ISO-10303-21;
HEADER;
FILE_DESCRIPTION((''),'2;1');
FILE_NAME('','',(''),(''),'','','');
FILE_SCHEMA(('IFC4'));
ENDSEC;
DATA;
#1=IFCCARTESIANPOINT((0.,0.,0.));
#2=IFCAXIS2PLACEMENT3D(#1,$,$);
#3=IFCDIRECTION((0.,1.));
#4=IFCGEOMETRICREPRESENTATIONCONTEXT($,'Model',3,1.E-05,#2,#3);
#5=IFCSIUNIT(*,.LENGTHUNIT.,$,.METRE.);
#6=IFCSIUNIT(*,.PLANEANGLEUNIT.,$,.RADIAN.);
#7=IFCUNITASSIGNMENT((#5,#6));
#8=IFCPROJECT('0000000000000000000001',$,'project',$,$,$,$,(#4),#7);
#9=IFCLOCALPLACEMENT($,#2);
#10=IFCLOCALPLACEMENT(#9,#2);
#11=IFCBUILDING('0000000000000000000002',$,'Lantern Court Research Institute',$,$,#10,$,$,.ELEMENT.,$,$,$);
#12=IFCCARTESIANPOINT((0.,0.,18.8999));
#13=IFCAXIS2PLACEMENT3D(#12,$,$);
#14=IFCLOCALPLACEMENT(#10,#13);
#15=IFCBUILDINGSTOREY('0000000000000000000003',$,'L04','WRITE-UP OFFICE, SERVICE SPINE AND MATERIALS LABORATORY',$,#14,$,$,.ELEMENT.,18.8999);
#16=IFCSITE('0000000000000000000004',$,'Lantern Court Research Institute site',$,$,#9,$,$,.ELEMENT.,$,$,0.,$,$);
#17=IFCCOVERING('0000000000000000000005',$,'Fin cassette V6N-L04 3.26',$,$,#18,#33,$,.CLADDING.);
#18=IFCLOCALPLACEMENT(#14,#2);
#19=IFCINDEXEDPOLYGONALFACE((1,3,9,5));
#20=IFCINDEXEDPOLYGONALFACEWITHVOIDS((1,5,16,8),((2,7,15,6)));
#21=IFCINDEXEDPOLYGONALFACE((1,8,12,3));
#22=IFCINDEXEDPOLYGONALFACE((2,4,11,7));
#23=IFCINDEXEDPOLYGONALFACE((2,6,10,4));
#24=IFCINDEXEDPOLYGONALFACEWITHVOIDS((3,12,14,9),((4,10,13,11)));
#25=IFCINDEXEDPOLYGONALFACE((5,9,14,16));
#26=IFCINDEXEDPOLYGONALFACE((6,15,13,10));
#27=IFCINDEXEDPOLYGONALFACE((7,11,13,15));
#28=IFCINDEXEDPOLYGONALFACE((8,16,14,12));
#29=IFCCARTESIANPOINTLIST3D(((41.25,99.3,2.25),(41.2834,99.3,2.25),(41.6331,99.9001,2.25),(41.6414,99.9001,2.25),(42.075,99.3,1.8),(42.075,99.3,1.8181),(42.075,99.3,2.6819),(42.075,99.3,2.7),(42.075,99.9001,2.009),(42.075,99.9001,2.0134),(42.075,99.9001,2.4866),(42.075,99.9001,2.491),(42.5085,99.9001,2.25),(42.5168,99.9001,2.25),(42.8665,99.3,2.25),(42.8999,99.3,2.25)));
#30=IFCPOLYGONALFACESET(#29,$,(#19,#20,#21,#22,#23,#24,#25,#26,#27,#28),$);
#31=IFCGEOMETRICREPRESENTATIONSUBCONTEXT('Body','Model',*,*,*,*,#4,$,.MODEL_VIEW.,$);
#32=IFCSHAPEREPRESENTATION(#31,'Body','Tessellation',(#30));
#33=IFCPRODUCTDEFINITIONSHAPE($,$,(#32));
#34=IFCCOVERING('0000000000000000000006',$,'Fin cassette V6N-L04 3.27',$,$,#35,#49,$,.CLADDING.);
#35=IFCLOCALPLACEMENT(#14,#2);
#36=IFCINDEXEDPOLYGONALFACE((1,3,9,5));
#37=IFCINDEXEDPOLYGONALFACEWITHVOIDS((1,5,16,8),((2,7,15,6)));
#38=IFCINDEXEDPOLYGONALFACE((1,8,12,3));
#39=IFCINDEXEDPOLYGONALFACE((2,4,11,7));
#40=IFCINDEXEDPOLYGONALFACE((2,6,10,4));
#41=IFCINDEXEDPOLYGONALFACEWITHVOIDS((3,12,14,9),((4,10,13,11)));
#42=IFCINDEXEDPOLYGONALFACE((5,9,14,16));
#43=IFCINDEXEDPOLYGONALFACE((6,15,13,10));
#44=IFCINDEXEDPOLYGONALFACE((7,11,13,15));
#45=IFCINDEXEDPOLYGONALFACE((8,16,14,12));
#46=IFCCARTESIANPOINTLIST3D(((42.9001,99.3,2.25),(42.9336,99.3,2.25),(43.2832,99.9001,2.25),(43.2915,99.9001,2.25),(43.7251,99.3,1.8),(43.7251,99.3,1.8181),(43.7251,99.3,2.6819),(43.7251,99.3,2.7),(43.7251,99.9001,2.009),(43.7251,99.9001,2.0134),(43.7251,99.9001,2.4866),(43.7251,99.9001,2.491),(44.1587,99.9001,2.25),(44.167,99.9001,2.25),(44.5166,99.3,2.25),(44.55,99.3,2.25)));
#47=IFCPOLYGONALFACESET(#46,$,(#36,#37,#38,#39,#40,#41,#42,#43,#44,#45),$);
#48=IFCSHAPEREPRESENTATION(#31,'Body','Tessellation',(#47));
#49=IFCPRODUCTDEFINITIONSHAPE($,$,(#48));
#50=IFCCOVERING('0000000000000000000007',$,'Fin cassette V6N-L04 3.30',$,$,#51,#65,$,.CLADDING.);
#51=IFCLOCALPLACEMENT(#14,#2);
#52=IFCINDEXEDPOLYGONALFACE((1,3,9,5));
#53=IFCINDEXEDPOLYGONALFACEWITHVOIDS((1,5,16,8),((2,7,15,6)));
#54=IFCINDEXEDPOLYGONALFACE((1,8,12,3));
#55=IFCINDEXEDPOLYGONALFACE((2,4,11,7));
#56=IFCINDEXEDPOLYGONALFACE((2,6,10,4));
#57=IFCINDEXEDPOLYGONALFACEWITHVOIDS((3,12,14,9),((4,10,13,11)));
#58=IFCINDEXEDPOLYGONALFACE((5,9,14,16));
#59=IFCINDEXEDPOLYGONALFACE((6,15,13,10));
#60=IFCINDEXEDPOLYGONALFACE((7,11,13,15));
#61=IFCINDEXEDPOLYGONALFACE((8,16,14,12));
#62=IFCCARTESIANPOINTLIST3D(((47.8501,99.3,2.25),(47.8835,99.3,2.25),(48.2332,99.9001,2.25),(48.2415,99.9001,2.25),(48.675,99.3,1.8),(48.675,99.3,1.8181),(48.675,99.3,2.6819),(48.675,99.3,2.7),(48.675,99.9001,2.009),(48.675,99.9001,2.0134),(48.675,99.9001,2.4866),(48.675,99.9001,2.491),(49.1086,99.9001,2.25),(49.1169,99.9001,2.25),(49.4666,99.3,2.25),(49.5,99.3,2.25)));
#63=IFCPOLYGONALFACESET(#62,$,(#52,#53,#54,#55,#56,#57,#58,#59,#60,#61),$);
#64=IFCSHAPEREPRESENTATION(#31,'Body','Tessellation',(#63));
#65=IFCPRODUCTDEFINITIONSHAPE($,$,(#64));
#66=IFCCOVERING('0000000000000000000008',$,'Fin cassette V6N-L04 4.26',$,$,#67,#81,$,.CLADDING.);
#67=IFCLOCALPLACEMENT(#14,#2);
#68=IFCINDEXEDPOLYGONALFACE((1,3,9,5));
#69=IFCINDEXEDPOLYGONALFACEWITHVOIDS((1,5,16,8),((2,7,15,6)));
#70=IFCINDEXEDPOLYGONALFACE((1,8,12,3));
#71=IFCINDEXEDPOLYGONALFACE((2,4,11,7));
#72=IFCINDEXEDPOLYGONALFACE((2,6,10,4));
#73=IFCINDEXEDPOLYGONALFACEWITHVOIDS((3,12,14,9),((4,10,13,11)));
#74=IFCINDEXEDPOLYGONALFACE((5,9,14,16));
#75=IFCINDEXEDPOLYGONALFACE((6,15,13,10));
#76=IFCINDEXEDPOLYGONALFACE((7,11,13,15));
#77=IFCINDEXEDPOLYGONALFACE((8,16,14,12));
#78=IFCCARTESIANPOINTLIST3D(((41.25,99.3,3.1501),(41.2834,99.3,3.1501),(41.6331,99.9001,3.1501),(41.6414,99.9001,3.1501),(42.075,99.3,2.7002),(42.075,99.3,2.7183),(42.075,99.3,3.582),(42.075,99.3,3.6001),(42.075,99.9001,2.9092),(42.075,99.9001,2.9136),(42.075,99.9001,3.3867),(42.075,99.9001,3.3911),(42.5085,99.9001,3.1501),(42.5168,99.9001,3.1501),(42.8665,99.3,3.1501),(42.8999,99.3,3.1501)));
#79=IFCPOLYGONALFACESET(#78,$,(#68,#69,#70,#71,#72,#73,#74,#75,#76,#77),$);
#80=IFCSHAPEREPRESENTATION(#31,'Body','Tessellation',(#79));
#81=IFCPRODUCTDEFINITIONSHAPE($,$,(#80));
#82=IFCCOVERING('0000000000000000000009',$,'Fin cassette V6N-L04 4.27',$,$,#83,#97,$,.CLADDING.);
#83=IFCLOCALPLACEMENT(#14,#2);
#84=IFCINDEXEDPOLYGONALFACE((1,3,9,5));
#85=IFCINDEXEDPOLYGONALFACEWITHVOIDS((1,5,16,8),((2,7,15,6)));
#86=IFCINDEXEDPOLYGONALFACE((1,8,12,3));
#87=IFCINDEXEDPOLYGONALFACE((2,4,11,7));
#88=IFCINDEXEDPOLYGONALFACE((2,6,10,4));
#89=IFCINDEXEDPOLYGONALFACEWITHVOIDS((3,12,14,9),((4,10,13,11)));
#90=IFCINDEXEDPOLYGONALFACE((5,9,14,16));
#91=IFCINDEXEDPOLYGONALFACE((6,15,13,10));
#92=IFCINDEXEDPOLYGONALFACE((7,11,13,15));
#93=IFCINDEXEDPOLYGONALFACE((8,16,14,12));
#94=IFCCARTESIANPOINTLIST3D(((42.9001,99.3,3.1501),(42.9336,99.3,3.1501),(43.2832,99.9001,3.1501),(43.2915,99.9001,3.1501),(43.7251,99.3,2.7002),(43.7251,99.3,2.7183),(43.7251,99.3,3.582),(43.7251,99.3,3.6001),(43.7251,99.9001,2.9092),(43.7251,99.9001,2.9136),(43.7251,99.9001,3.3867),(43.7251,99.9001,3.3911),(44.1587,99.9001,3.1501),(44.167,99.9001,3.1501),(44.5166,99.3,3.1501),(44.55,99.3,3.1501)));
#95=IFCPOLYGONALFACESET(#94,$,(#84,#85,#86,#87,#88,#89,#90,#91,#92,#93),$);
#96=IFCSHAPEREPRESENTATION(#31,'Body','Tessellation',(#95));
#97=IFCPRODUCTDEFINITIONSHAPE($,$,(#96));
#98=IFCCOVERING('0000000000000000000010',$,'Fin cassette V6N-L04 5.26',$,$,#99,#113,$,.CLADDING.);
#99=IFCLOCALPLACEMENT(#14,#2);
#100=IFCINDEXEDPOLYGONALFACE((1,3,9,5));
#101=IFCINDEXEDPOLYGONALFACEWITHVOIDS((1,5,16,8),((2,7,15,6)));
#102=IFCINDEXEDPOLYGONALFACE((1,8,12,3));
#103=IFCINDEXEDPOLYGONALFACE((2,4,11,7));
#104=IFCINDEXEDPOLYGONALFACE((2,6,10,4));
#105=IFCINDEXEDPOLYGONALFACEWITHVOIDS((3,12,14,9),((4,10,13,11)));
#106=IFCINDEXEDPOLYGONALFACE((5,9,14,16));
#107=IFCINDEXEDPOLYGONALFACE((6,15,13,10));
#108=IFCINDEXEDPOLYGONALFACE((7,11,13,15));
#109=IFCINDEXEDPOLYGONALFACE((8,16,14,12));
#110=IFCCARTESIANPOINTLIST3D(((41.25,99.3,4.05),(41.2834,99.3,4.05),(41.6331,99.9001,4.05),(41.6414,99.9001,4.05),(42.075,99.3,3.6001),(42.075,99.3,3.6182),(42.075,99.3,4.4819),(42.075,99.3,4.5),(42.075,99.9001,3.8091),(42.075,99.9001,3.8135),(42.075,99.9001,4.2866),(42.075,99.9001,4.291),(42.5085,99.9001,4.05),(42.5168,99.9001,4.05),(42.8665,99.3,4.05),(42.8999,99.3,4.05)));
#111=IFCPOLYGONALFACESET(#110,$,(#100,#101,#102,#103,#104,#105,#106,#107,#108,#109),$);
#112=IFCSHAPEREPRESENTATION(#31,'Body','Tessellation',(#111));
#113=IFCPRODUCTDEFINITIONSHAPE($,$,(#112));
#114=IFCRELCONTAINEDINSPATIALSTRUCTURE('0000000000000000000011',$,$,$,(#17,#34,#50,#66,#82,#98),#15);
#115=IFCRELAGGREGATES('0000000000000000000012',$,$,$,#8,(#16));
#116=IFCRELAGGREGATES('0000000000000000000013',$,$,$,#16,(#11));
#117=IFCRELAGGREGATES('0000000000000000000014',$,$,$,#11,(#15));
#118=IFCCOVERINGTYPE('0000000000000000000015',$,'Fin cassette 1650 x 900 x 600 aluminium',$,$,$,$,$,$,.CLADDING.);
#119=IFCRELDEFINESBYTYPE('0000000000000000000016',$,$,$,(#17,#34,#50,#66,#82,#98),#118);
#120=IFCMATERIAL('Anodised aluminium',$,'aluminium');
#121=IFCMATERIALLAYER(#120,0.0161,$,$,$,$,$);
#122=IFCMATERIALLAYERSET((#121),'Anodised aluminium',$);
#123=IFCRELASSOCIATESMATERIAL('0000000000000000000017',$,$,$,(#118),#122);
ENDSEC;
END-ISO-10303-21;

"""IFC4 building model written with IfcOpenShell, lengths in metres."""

from ifc_helpers import new_model, entity, si_unit, direction, frame, origin, place, context, subcontext, project, spatial, material, layer, layer_set, type_object, element, save


model = new_model("IFC4")

# Units and contexts
model_context = context("Model", 3, precision=1e-05, world=origin(), true_north=direction((0.0, 1.0)))
body_context = subcontext(model_context, "Body", "Model", "MODEL_VIEW")
ifc_project = project(units=[si_unit("LENGTHUNIT", "METRE"), si_unit("PLANEANGLEUNIT", "RADIAN")], contexts=[model_context])

# Site, building, storey
site_placement = place(None, origin())
site = spatial("IfcSite", under=ifc_project, at=site_placement, Name="Lantern Court Research Institute site", CompositionType="ELEMENT", RefElevation=0.0)
building_placement = place(site_placement, origin())
building = spatial("IfcBuilding", under=site, at=building_placement, Name="Lantern Court Research Institute", CompositionType="ELEMENT")
storey_placement = place(building_placement, frame((0.0, 0.0, 18.8999)))
storey = spatial("IfcBuildingStorey", under=building, at=storey_placement, Name="L04", Description="WRITE-UP OFFICE, SERVICE SPINE AND MATERIALS LABORATORY", CompositionType="ELEMENT", Elevation=18.8999)

# Coverings
ifc_material_1 = material(Name="Anodised aluminium", Category="aluminium")
ifc_layer_1 = layer(ifc_material_1, 0.0161)
ifc_layer_set_1 = layer_set([ifc_layer_1], Name="Anodised aluminium")
covering_type_1 = type_object("IfcCoveringType", Name="Fin cassette 1650 x 900 x 600 aluminium", PredefinedType="CLADDING", material=ifc_layer_set_1)
covering_1_placement = place(storey_placement, frame((42.075, 99.3, 2.25), z_axis=(0.0, 1.0, 0.0), x_axis=(-1.0, 0.0, 0.0)))
cartesian_point_1 = entity("IfcCartesianPoint", [0.825, 0.0])
cartesian_point_2 = entity("IfcCartesianPoint", [0.7915, 0.0])
cartesian_point_3 = entity("IfcCartesianPoint", [0.4419, 0.0])
cartesian_point_4 = entity("IfcCartesianPoint", [0.4336, 0.0])
element("IfcCovering", 1, at=covering_1_placement, inside=storey, type_object=covering_type_1, Name="Fin cassette V6N-L04 3.26", PredefinedType="CLADDING", context=body_context, shape_type="SweptSolid", body=[
    entity("IfcExtrudedAreaSolidTapered", entity("IfcArbitraryProfileDefWithVoids", "AREA", None, entity("IfcPolyline", [cartesian_point_1, entity("IfcCartesianPoint", [0.0, 0.45]), entity("IfcCartesianPoint", [-0.825, 0.0]), entity("IfcCartesianPoint", [0.0, -0.45]), cartesian_point_1]), [entity("IfcPolyline", [cartesian_point_2, entity("IfcCartesianPoint", [0.0, 0.4319]), entity("IfcCartesianPoint", [-0.7915, 0.0]), entity("IfcCartesianPoint", [0.0, -0.4319]), cartesian_point_2])]), entity("IfcAxis2Placement3D", entity("IfcCartesianPoint", [0.0, 0.0, 0.0])), entity("IfcDirection", [0.0, 0.0, 1.0]), 0.6001, entity("IfcArbitraryProfileDefWithVoids", "AREA", None, entity("IfcPolyline", [cartesian_point_3, entity("IfcCartesianPoint", [0.0, 0.241]), entity("IfcCartesianPoint", [-0.4419, 0.0]), entity("IfcCartesianPoint", [0.0, -0.241]), cartesian_point_3]), [entity("IfcPolyline", [cartesian_point_4, entity("IfcCartesianPoint", [0.0, 0.2366]), entity("IfcCartesianPoint", [-0.4336, 0.0]), entity("IfcCartesianPoint", [0.0, -0.2366]), cartesian_point_4])])),
])
covering_2_placement = place(storey_placement, frame((43.7251, 99.3, 2.25), z_axis=(0.0, 1.0, 0.0), x_axis=(-1.0, 0.0, 0.0)))
cartesian_point_5 = entity("IfcCartesianPoint", [0.825, 0.0])
cartesian_point_6 = entity("IfcCartesianPoint", [0.7915, 0.0])
cartesian_point_7 = entity("IfcCartesianPoint", [0.4419, 0.0])
cartesian_point_8 = entity("IfcCartesianPoint", [0.4336, 0.0])
element("IfcCovering", 2, at=covering_2_placement, inside=storey, type_object=covering_type_1, Name="Fin cassette V6N-L04 3.27", PredefinedType="CLADDING", context=body_context, shape_type="SweptSolid", body=[
    entity("IfcExtrudedAreaSolidTapered", entity("IfcArbitraryProfileDefWithVoids", "AREA", None, entity("IfcPolyline", [cartesian_point_5, entity("IfcCartesianPoint", [0.0, 0.45]), entity("IfcCartesianPoint", [-0.825, 0.0]), entity("IfcCartesianPoint", [0.0, -0.45]), cartesian_point_5]), [entity("IfcPolyline", [cartesian_point_6, entity("IfcCartesianPoint", [0.0, 0.4319]), entity("IfcCartesianPoint", [-0.7915, 0.0]), entity("IfcCartesianPoint", [0.0, -0.4319]), cartesian_point_6])]), entity("IfcAxis2Placement3D", entity("IfcCartesianPoint", [0.0, 0.0, 0.0])), entity("IfcDirection", [0.0, 0.0, 1.0]), 0.6001, entity("IfcArbitraryProfileDefWithVoids", "AREA", None, entity("IfcPolyline", [cartesian_point_7, entity("IfcCartesianPoint", [0.0, 0.241]), entity("IfcCartesianPoint", [-0.4419, 0.0]), entity("IfcCartesianPoint", [0.0, -0.241]), cartesian_point_7]), [entity("IfcPolyline", [cartesian_point_8, entity("IfcCartesianPoint", [0.0, 0.2366]), entity("IfcCartesianPoint", [-0.4336, 0.0]), entity("IfcCartesianPoint", [0.0, -0.2366]), cartesian_point_8])])),
])
covering_3_placement = place(storey_placement, frame((48.675, 99.3, 2.25), z_axis=(0.0, 1.0, 0.0), x_axis=(-1.0, 0.0, 0.0)))
cartesian_point_9 = entity("IfcCartesianPoint", [0.825, 0.0])
cartesian_point_10 = entity("IfcCartesianPoint", [0.7915, 0.0])
cartesian_point_11 = entity("IfcCartesianPoint", [0.4419, 0.0])
cartesian_point_12 = entity("IfcCartesianPoint", [0.4336, 0.0])
element("IfcCovering", 3, at=covering_3_placement, inside=storey, type_object=covering_type_1, Name="Fin cassette V6N-L04 3.30", PredefinedType="CLADDING", context=body_context, shape_type="SweptSolid", body=[
    entity("IfcExtrudedAreaSolidTapered", entity("IfcArbitraryProfileDefWithVoids", "AREA", None, entity("IfcPolyline", [cartesian_point_9, entity("IfcCartesianPoint", [0.0, 0.45]), entity("IfcCartesianPoint", [-0.825, 0.0]), entity("IfcCartesianPoint", [0.0, -0.45]), cartesian_point_9]), [entity("IfcPolyline", [cartesian_point_10, entity("IfcCartesianPoint", [0.0, 0.4319]), entity("IfcCartesianPoint", [-0.7915, 0.0]), entity("IfcCartesianPoint", [0.0, -0.4319]), cartesian_point_10])]), entity("IfcAxis2Placement3D", entity("IfcCartesianPoint", [0.0, 0.0, 0.0])), entity("IfcDirection", [0.0, 0.0, 1.0]), 0.6001, entity("IfcArbitraryProfileDefWithVoids", "AREA", None, entity("IfcPolyline", [cartesian_point_11, entity("IfcCartesianPoint", [0.0, 0.241]), entity("IfcCartesianPoint", [-0.4419, 0.0]), entity("IfcCartesianPoint", [0.0, -0.241]), cartesian_point_11]), [entity("IfcPolyline", [cartesian_point_12, entity("IfcCartesianPoint", [0.0, 0.2366]), entity("IfcCartesianPoint", [-0.4336, 0.0]), entity("IfcCartesianPoint", [0.0, -0.2366]), cartesian_point_12])])),
])
covering_4_placement = place(storey_placement, frame((42.075, 99.3, 3.1501), z_axis=(0.0, 1.0, 0.0), x_axis=(-1.0, 0.0, 0.0)))
cartesian_point_13 = entity("IfcCartesianPoint", [0.825, 0.0])
cartesian_point_14 = entity("IfcCartesianPoint", [0.7915, 0.0])
cartesian_point_15 = entity("IfcCartesianPoint", [0.4419, 0.0])
cartesian_point_16 = entity("IfcCartesianPoint", [0.4336, 0.0])
element("IfcCovering", 4, at=covering_4_placement, inside=storey, type_object=covering_type_1, Name="Fin cassette V6N-L04 4.26", PredefinedType="CLADDING", context=body_context, shape_type="SweptSolid", body=[
    entity("IfcExtrudedAreaSolidTapered", entity("IfcArbitraryProfileDefWithVoids", "AREA", None, entity("IfcPolyline", [cartesian_point_13, entity("IfcCartesianPoint", [0.0, 0.45]), entity("IfcCartesianPoint", [-0.825, 0.0]), entity("IfcCartesianPoint", [0.0, -0.45]), cartesian_point_13]), [entity("IfcPolyline", [cartesian_point_14, entity("IfcCartesianPoint", [0.0, 0.4319]), entity("IfcCartesianPoint", [-0.7915, 0.0]), entity("IfcCartesianPoint", [0.0, -0.4319]), cartesian_point_14])]), entity("IfcAxis2Placement3D", entity("IfcCartesianPoint", [0.0, 0.0, 0.0])), entity("IfcDirection", [0.0, 0.0, 1.0]), 0.6001, entity("IfcArbitraryProfileDefWithVoids", "AREA", None, entity("IfcPolyline", [cartesian_point_15, entity("IfcCartesianPoint", [0.0, 0.241]), entity("IfcCartesianPoint", [-0.4419, 0.0]), entity("IfcCartesianPoint", [0.0, -0.241]), cartesian_point_15]), [entity("IfcPolyline", [cartesian_point_16, entity("IfcCartesianPoint", [0.0, 0.2366]), entity("IfcCartesianPoint", [-0.4336, 0.0]), entity("IfcCartesianPoint", [0.0, -0.2366]), cartesian_point_16])])),
])
covering_5_placement = place(storey_placement, frame((43.7251, 99.3, 3.1501), z_axis=(0.0, 1.0, 0.0), x_axis=(-1.0, 0.0, 0.0)))
cartesian_point_17 = entity("IfcCartesianPoint", [0.825, 0.0])
cartesian_point_18 = entity("IfcCartesianPoint", [0.7915, 0.0])
cartesian_point_19 = entity("IfcCartesianPoint", [0.4419, 0.0])
cartesian_point_20 = entity("IfcCartesianPoint", [0.4336, 0.0])
element("IfcCovering", 5, at=covering_5_placement, inside=storey, type_object=covering_type_1, Name="Fin cassette V6N-L04 4.27", PredefinedType="CLADDING", context=body_context, shape_type="SweptSolid", body=[
    entity("IfcExtrudedAreaSolidTapered", entity("IfcArbitraryProfileDefWithVoids", "AREA", None, entity("IfcPolyline", [cartesian_point_17, entity("IfcCartesianPoint", [0.0, 0.45]), entity("IfcCartesianPoint", [-0.825, 0.0]), entity("IfcCartesianPoint", [0.0, -0.45]), cartesian_point_17]), [entity("IfcPolyline", [cartesian_point_18, entity("IfcCartesianPoint", [0.0, 0.4319]), entity("IfcCartesianPoint", [-0.7915, 0.0]), entity("IfcCartesianPoint", [0.0, -0.4319]), cartesian_point_18])]), entity("IfcAxis2Placement3D", entity("IfcCartesianPoint", [0.0, 0.0, 0.0])), entity("IfcDirection", [0.0, 0.0, 1.0]), 0.6001, entity("IfcArbitraryProfileDefWithVoids", "AREA", None, entity("IfcPolyline", [cartesian_point_19, entity("IfcCartesianPoint", [0.0, 0.241]), entity("IfcCartesianPoint", [-0.4419, 0.0]), entity("IfcCartesianPoint", [0.0, -0.241]), cartesian_point_19]), [entity("IfcPolyline", [cartesian_point_20, entity("IfcCartesianPoint", [0.0, 0.2366]), entity("IfcCartesianPoint", [-0.4336, 0.0]), entity("IfcCartesianPoint", [0.0, -0.2366]), cartesian_point_20])])),
])
covering_6_placement = place(storey_placement, frame((42.075, 99.3, 4.05), z_axis=(0.0, 1.0, 0.0), x_axis=(-1.0, 0.0, 0.0)))
cartesian_point_21 = entity("IfcCartesianPoint", [0.825, 0.0])
cartesian_point_22 = entity("IfcCartesianPoint", [0.7915, 0.0])
cartesian_point_23 = entity("IfcCartesianPoint", [0.4419, 0.0])
cartesian_point_24 = entity("IfcCartesianPoint", [0.4336, 0.0])
element("IfcCovering", 6, at=covering_6_placement, inside=storey, type_object=covering_type_1, Name="Fin cassette V6N-L04 5.26", PredefinedType="CLADDING", context=body_context, shape_type="SweptSolid", body=[
    entity("IfcExtrudedAreaSolidTapered", entity("IfcArbitraryProfileDefWithVoids", "AREA", None, entity("IfcPolyline", [cartesian_point_21, entity("IfcCartesianPoint", [0.0, 0.45]), entity("IfcCartesianPoint", [-0.825, 0.0]), entity("IfcCartesianPoint", [0.0, -0.45]), cartesian_point_21]), [entity("IfcPolyline", [cartesian_point_22, entity("IfcCartesianPoint", [0.0, 0.4319]), entity("IfcCartesianPoint", [-0.7915, 0.0]), entity("IfcCartesianPoint", [0.0, -0.4319]), cartesian_point_22])]), entity("IfcAxis2Placement3D", entity("IfcCartesianPoint", [0.0, 0.0, 0.0])), entity("IfcDirection", [0.0, 0.0, 1.0]), 0.6001, entity("IfcArbitraryProfileDefWithVoids", "AREA", None, entity("IfcPolyline", [cartesian_point_23, entity("IfcCartesianPoint", [0.0, 0.241]), entity("IfcCartesianPoint", [-0.4419, 0.0]), entity("IfcCartesianPoint", [0.0, -0.241]), cartesian_point_23]), [entity("IfcPolyline", [cartesian_point_24, entity("IfcCartesianPoint", [0.0, 0.2366]), entity("IfcCartesianPoint", [-0.4336, 0.0]), entity("IfcCartesianPoint", [0.0, -0.2366]), cartesian_point_24])])),
])

save(model, "model.ifc")
